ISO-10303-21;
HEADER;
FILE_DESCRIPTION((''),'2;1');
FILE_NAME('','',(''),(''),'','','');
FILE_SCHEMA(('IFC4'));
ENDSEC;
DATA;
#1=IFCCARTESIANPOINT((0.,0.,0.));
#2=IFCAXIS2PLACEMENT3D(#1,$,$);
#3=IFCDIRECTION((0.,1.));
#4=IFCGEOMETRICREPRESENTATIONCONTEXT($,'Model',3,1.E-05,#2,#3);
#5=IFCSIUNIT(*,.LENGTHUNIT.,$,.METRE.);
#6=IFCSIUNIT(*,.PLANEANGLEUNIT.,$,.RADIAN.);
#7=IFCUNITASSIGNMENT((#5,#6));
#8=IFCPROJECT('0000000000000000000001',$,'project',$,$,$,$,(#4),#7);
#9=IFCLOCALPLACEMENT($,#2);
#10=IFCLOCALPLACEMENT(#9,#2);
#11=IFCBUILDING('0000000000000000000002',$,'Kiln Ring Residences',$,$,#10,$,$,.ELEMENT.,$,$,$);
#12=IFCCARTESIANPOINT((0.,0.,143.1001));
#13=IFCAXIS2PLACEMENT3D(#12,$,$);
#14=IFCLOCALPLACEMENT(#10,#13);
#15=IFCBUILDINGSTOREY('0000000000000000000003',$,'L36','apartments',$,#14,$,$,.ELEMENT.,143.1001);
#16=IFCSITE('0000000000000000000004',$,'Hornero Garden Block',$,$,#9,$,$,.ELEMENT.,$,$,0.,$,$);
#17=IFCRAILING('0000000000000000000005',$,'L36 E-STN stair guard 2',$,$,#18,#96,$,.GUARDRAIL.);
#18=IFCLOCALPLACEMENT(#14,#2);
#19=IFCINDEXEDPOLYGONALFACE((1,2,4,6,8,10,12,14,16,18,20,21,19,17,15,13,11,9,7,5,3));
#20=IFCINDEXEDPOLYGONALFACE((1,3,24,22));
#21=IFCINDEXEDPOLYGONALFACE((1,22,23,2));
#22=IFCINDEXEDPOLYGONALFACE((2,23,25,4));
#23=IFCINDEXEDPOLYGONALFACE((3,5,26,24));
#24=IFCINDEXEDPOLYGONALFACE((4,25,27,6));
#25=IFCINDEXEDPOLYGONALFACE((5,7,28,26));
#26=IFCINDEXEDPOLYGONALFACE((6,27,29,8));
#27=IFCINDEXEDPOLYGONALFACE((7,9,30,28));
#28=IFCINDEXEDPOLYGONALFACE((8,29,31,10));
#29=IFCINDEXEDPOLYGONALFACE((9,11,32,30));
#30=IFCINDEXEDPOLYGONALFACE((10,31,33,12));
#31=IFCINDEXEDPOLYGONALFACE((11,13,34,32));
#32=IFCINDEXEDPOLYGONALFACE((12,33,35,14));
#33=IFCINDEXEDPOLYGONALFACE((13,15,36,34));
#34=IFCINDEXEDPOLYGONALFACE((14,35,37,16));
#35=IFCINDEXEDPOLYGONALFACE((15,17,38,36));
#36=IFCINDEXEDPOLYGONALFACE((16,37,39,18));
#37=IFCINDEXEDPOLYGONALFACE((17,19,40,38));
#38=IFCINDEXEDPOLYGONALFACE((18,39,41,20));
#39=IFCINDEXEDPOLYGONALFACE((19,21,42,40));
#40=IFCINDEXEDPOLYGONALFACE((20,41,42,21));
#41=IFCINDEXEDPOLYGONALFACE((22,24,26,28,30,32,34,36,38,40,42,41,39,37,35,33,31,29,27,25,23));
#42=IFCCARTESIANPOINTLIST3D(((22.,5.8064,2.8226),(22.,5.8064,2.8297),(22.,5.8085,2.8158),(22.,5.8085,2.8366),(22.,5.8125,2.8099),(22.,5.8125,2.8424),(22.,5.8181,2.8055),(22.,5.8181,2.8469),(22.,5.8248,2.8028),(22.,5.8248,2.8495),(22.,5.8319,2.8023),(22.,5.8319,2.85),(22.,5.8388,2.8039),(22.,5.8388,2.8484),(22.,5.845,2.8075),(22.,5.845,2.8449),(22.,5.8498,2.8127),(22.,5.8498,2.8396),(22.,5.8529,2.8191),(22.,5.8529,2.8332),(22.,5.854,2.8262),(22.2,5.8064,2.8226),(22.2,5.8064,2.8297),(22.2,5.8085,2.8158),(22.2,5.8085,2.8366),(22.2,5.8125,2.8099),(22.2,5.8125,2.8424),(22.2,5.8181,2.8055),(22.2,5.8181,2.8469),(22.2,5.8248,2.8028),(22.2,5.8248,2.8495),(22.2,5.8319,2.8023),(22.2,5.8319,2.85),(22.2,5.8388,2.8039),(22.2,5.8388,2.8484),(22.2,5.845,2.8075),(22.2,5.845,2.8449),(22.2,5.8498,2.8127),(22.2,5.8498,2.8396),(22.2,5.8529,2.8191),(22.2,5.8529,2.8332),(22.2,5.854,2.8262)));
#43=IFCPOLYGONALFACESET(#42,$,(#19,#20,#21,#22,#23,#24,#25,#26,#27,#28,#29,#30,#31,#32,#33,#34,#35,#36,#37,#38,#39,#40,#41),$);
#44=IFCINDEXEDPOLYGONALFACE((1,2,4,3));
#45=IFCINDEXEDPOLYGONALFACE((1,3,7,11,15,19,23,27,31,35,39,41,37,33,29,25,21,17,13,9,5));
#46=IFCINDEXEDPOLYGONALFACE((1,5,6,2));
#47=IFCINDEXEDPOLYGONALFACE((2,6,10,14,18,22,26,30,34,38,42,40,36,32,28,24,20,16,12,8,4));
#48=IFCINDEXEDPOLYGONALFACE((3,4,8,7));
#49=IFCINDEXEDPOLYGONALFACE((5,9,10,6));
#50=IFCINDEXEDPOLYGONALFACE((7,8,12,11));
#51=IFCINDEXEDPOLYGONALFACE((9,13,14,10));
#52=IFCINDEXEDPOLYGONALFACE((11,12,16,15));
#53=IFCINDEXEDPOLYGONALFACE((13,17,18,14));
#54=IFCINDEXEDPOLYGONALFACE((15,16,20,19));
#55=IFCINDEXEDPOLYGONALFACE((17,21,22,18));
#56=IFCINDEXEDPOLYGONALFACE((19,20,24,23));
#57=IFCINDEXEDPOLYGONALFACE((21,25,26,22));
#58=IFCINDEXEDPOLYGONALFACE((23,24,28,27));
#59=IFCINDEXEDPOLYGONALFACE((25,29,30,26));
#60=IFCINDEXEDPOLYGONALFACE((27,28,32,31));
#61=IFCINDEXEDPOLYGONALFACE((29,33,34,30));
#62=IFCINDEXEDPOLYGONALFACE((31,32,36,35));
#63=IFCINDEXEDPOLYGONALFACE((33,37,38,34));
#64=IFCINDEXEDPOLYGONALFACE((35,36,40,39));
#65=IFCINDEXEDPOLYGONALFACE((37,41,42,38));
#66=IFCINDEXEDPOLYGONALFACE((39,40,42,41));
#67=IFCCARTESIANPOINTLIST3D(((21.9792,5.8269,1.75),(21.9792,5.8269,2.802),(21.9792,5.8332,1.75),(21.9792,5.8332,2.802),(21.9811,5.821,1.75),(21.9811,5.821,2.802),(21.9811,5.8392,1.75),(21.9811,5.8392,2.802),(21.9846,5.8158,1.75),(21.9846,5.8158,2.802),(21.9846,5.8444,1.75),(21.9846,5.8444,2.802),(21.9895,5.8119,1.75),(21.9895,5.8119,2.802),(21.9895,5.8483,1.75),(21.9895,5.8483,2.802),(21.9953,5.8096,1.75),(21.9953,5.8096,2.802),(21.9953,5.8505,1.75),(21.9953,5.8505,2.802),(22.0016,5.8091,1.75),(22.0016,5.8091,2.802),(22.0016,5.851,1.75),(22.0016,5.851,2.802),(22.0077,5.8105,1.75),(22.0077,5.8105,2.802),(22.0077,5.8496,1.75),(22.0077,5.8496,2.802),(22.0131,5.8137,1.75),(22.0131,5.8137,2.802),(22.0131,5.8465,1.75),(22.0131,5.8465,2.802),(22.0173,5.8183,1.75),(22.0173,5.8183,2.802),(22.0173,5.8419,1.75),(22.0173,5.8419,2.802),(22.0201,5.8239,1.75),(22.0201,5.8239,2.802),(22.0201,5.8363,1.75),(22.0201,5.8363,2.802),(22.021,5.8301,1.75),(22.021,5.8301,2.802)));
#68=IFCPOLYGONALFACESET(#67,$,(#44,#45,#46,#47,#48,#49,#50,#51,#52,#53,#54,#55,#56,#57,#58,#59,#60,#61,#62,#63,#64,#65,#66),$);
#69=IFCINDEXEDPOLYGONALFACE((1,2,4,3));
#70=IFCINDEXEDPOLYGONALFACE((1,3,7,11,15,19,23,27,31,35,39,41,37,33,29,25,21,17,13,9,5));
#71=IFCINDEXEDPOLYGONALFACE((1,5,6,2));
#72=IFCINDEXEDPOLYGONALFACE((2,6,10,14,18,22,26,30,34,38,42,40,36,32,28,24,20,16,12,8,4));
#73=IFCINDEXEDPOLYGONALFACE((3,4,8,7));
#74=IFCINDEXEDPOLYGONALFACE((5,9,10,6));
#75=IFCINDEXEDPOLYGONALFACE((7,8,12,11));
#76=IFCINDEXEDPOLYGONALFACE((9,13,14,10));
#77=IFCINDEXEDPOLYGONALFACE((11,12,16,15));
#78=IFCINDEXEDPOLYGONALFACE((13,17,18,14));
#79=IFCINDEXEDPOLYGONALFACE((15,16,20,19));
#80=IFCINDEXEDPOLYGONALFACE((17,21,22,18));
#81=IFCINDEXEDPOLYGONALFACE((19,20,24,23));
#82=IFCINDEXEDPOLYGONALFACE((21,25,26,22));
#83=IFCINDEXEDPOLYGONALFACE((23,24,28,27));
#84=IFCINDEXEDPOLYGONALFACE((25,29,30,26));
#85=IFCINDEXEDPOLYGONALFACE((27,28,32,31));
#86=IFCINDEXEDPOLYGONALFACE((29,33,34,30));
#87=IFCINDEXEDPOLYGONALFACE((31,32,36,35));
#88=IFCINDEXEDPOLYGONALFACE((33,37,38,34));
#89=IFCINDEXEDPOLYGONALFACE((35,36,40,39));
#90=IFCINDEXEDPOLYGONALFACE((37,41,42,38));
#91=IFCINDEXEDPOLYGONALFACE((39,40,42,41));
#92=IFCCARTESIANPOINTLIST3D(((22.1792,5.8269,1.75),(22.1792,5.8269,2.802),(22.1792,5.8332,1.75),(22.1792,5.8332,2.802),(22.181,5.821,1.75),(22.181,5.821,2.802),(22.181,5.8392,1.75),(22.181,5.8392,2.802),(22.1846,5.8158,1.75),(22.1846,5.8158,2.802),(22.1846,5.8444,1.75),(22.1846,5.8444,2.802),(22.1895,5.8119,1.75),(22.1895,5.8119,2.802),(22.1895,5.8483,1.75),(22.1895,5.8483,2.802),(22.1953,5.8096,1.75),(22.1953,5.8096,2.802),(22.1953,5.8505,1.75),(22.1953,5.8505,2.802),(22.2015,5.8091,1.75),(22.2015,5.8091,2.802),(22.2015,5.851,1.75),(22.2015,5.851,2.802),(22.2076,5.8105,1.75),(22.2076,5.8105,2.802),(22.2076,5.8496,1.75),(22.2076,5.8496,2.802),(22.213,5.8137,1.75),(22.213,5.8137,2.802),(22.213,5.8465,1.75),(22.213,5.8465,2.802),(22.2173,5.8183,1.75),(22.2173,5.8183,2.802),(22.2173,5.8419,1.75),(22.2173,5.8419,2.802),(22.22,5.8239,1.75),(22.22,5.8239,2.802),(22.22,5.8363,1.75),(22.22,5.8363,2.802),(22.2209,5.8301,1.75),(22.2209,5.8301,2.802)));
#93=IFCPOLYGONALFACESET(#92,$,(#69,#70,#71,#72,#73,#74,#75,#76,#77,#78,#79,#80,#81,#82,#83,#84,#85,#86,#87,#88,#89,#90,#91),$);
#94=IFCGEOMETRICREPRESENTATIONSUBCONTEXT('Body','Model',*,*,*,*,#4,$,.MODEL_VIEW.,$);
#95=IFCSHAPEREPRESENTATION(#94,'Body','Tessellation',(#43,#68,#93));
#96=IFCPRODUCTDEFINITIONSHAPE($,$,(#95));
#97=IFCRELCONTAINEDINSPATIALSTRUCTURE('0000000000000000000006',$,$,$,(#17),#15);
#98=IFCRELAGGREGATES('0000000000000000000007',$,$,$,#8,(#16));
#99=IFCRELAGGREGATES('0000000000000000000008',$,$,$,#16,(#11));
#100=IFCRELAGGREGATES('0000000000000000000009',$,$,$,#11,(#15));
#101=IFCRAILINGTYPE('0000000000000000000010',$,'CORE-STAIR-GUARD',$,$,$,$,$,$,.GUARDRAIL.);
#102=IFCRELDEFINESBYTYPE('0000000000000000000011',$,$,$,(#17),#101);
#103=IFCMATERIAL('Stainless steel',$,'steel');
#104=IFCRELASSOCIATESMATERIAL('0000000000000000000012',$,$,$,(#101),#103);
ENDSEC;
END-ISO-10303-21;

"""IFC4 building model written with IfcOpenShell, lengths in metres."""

from ifc_helpers import new_model, si_unit, direction, frame, origin, origin_2d, place, context, subcontext, project, spatial, circle, extrude, material, type_object, element, save


model = new_model("IFC4")

# Units and contexts
model_context = context("Model", 3, precision=1e-05, world=origin(), true_north=direction((0.0, 1.0)))
body_context = subcontext(model_context, "Body", "Model", "MODEL_VIEW")
ifc_project = project(units=[si_unit("LENGTHUNIT", "METRE"), si_unit("PLANEANGLEUNIT", "RADIAN")], contexts=[model_context])

# Site, building, storey
site_placement = place(None, origin())
site = spatial("IfcSite", under=ifc_project, at=site_placement, Name="Hornero Garden Block", CompositionType="ELEMENT", RefElevation=0.0)
building_placement = place(site_placement, origin())
building = spatial("IfcBuilding", under=site, at=building_placement, Name="Kiln Ring Residences", CompositionType="ELEMENT")
storey_placement = place(building_placement, frame((0.0, 0.0, 143.1001)))
storey = spatial("IfcBuildingStorey", under=building, at=storey_placement, Name="L36", Description="apartments", CompositionType="ELEMENT", Elevation=143.1001)

# Railing
ifc_material_1 = material(Name="Stainless steel", Category="steel")
railing_type_1 = type_object("IfcRailingType", Name="CORE-STAIR-GUARD", PredefinedType="GUARDRAIL", material=ifc_material_1)
railing_1_placement = place(storey_placement, frame((22.0, 5.8301, 1.75)))
element("IfcRailing", 1, at=railing_1_placement, inside=storey, type_object=railing_type_1, Name="L36 E-STN stair guard 2", PredefinedType="GUARDRAIL", context=body_context, shape_type="SweptSolid", body=[
    extrude(circle(Radius=0.0239, at=origin_2d()), frame((0.0, 0.0, 1.0762), z_axis=(1.0, 0.0, 0.0), x_axis=(0.0, 1.0, 0.0)), (0.0, 0.0, 1.0), 0.2),
    extrude(circle(Radius=0.021, at=origin_2d()), origin(), (0.0, 0.0, 1.0), 1.052),
    extrude(circle(Radius=0.021, at=origin_2d()), frame((0.2, 0.0, 0.0)), (0.0, 0.0, 1.0), 1.052),
])

save(model, "model.ifc")
